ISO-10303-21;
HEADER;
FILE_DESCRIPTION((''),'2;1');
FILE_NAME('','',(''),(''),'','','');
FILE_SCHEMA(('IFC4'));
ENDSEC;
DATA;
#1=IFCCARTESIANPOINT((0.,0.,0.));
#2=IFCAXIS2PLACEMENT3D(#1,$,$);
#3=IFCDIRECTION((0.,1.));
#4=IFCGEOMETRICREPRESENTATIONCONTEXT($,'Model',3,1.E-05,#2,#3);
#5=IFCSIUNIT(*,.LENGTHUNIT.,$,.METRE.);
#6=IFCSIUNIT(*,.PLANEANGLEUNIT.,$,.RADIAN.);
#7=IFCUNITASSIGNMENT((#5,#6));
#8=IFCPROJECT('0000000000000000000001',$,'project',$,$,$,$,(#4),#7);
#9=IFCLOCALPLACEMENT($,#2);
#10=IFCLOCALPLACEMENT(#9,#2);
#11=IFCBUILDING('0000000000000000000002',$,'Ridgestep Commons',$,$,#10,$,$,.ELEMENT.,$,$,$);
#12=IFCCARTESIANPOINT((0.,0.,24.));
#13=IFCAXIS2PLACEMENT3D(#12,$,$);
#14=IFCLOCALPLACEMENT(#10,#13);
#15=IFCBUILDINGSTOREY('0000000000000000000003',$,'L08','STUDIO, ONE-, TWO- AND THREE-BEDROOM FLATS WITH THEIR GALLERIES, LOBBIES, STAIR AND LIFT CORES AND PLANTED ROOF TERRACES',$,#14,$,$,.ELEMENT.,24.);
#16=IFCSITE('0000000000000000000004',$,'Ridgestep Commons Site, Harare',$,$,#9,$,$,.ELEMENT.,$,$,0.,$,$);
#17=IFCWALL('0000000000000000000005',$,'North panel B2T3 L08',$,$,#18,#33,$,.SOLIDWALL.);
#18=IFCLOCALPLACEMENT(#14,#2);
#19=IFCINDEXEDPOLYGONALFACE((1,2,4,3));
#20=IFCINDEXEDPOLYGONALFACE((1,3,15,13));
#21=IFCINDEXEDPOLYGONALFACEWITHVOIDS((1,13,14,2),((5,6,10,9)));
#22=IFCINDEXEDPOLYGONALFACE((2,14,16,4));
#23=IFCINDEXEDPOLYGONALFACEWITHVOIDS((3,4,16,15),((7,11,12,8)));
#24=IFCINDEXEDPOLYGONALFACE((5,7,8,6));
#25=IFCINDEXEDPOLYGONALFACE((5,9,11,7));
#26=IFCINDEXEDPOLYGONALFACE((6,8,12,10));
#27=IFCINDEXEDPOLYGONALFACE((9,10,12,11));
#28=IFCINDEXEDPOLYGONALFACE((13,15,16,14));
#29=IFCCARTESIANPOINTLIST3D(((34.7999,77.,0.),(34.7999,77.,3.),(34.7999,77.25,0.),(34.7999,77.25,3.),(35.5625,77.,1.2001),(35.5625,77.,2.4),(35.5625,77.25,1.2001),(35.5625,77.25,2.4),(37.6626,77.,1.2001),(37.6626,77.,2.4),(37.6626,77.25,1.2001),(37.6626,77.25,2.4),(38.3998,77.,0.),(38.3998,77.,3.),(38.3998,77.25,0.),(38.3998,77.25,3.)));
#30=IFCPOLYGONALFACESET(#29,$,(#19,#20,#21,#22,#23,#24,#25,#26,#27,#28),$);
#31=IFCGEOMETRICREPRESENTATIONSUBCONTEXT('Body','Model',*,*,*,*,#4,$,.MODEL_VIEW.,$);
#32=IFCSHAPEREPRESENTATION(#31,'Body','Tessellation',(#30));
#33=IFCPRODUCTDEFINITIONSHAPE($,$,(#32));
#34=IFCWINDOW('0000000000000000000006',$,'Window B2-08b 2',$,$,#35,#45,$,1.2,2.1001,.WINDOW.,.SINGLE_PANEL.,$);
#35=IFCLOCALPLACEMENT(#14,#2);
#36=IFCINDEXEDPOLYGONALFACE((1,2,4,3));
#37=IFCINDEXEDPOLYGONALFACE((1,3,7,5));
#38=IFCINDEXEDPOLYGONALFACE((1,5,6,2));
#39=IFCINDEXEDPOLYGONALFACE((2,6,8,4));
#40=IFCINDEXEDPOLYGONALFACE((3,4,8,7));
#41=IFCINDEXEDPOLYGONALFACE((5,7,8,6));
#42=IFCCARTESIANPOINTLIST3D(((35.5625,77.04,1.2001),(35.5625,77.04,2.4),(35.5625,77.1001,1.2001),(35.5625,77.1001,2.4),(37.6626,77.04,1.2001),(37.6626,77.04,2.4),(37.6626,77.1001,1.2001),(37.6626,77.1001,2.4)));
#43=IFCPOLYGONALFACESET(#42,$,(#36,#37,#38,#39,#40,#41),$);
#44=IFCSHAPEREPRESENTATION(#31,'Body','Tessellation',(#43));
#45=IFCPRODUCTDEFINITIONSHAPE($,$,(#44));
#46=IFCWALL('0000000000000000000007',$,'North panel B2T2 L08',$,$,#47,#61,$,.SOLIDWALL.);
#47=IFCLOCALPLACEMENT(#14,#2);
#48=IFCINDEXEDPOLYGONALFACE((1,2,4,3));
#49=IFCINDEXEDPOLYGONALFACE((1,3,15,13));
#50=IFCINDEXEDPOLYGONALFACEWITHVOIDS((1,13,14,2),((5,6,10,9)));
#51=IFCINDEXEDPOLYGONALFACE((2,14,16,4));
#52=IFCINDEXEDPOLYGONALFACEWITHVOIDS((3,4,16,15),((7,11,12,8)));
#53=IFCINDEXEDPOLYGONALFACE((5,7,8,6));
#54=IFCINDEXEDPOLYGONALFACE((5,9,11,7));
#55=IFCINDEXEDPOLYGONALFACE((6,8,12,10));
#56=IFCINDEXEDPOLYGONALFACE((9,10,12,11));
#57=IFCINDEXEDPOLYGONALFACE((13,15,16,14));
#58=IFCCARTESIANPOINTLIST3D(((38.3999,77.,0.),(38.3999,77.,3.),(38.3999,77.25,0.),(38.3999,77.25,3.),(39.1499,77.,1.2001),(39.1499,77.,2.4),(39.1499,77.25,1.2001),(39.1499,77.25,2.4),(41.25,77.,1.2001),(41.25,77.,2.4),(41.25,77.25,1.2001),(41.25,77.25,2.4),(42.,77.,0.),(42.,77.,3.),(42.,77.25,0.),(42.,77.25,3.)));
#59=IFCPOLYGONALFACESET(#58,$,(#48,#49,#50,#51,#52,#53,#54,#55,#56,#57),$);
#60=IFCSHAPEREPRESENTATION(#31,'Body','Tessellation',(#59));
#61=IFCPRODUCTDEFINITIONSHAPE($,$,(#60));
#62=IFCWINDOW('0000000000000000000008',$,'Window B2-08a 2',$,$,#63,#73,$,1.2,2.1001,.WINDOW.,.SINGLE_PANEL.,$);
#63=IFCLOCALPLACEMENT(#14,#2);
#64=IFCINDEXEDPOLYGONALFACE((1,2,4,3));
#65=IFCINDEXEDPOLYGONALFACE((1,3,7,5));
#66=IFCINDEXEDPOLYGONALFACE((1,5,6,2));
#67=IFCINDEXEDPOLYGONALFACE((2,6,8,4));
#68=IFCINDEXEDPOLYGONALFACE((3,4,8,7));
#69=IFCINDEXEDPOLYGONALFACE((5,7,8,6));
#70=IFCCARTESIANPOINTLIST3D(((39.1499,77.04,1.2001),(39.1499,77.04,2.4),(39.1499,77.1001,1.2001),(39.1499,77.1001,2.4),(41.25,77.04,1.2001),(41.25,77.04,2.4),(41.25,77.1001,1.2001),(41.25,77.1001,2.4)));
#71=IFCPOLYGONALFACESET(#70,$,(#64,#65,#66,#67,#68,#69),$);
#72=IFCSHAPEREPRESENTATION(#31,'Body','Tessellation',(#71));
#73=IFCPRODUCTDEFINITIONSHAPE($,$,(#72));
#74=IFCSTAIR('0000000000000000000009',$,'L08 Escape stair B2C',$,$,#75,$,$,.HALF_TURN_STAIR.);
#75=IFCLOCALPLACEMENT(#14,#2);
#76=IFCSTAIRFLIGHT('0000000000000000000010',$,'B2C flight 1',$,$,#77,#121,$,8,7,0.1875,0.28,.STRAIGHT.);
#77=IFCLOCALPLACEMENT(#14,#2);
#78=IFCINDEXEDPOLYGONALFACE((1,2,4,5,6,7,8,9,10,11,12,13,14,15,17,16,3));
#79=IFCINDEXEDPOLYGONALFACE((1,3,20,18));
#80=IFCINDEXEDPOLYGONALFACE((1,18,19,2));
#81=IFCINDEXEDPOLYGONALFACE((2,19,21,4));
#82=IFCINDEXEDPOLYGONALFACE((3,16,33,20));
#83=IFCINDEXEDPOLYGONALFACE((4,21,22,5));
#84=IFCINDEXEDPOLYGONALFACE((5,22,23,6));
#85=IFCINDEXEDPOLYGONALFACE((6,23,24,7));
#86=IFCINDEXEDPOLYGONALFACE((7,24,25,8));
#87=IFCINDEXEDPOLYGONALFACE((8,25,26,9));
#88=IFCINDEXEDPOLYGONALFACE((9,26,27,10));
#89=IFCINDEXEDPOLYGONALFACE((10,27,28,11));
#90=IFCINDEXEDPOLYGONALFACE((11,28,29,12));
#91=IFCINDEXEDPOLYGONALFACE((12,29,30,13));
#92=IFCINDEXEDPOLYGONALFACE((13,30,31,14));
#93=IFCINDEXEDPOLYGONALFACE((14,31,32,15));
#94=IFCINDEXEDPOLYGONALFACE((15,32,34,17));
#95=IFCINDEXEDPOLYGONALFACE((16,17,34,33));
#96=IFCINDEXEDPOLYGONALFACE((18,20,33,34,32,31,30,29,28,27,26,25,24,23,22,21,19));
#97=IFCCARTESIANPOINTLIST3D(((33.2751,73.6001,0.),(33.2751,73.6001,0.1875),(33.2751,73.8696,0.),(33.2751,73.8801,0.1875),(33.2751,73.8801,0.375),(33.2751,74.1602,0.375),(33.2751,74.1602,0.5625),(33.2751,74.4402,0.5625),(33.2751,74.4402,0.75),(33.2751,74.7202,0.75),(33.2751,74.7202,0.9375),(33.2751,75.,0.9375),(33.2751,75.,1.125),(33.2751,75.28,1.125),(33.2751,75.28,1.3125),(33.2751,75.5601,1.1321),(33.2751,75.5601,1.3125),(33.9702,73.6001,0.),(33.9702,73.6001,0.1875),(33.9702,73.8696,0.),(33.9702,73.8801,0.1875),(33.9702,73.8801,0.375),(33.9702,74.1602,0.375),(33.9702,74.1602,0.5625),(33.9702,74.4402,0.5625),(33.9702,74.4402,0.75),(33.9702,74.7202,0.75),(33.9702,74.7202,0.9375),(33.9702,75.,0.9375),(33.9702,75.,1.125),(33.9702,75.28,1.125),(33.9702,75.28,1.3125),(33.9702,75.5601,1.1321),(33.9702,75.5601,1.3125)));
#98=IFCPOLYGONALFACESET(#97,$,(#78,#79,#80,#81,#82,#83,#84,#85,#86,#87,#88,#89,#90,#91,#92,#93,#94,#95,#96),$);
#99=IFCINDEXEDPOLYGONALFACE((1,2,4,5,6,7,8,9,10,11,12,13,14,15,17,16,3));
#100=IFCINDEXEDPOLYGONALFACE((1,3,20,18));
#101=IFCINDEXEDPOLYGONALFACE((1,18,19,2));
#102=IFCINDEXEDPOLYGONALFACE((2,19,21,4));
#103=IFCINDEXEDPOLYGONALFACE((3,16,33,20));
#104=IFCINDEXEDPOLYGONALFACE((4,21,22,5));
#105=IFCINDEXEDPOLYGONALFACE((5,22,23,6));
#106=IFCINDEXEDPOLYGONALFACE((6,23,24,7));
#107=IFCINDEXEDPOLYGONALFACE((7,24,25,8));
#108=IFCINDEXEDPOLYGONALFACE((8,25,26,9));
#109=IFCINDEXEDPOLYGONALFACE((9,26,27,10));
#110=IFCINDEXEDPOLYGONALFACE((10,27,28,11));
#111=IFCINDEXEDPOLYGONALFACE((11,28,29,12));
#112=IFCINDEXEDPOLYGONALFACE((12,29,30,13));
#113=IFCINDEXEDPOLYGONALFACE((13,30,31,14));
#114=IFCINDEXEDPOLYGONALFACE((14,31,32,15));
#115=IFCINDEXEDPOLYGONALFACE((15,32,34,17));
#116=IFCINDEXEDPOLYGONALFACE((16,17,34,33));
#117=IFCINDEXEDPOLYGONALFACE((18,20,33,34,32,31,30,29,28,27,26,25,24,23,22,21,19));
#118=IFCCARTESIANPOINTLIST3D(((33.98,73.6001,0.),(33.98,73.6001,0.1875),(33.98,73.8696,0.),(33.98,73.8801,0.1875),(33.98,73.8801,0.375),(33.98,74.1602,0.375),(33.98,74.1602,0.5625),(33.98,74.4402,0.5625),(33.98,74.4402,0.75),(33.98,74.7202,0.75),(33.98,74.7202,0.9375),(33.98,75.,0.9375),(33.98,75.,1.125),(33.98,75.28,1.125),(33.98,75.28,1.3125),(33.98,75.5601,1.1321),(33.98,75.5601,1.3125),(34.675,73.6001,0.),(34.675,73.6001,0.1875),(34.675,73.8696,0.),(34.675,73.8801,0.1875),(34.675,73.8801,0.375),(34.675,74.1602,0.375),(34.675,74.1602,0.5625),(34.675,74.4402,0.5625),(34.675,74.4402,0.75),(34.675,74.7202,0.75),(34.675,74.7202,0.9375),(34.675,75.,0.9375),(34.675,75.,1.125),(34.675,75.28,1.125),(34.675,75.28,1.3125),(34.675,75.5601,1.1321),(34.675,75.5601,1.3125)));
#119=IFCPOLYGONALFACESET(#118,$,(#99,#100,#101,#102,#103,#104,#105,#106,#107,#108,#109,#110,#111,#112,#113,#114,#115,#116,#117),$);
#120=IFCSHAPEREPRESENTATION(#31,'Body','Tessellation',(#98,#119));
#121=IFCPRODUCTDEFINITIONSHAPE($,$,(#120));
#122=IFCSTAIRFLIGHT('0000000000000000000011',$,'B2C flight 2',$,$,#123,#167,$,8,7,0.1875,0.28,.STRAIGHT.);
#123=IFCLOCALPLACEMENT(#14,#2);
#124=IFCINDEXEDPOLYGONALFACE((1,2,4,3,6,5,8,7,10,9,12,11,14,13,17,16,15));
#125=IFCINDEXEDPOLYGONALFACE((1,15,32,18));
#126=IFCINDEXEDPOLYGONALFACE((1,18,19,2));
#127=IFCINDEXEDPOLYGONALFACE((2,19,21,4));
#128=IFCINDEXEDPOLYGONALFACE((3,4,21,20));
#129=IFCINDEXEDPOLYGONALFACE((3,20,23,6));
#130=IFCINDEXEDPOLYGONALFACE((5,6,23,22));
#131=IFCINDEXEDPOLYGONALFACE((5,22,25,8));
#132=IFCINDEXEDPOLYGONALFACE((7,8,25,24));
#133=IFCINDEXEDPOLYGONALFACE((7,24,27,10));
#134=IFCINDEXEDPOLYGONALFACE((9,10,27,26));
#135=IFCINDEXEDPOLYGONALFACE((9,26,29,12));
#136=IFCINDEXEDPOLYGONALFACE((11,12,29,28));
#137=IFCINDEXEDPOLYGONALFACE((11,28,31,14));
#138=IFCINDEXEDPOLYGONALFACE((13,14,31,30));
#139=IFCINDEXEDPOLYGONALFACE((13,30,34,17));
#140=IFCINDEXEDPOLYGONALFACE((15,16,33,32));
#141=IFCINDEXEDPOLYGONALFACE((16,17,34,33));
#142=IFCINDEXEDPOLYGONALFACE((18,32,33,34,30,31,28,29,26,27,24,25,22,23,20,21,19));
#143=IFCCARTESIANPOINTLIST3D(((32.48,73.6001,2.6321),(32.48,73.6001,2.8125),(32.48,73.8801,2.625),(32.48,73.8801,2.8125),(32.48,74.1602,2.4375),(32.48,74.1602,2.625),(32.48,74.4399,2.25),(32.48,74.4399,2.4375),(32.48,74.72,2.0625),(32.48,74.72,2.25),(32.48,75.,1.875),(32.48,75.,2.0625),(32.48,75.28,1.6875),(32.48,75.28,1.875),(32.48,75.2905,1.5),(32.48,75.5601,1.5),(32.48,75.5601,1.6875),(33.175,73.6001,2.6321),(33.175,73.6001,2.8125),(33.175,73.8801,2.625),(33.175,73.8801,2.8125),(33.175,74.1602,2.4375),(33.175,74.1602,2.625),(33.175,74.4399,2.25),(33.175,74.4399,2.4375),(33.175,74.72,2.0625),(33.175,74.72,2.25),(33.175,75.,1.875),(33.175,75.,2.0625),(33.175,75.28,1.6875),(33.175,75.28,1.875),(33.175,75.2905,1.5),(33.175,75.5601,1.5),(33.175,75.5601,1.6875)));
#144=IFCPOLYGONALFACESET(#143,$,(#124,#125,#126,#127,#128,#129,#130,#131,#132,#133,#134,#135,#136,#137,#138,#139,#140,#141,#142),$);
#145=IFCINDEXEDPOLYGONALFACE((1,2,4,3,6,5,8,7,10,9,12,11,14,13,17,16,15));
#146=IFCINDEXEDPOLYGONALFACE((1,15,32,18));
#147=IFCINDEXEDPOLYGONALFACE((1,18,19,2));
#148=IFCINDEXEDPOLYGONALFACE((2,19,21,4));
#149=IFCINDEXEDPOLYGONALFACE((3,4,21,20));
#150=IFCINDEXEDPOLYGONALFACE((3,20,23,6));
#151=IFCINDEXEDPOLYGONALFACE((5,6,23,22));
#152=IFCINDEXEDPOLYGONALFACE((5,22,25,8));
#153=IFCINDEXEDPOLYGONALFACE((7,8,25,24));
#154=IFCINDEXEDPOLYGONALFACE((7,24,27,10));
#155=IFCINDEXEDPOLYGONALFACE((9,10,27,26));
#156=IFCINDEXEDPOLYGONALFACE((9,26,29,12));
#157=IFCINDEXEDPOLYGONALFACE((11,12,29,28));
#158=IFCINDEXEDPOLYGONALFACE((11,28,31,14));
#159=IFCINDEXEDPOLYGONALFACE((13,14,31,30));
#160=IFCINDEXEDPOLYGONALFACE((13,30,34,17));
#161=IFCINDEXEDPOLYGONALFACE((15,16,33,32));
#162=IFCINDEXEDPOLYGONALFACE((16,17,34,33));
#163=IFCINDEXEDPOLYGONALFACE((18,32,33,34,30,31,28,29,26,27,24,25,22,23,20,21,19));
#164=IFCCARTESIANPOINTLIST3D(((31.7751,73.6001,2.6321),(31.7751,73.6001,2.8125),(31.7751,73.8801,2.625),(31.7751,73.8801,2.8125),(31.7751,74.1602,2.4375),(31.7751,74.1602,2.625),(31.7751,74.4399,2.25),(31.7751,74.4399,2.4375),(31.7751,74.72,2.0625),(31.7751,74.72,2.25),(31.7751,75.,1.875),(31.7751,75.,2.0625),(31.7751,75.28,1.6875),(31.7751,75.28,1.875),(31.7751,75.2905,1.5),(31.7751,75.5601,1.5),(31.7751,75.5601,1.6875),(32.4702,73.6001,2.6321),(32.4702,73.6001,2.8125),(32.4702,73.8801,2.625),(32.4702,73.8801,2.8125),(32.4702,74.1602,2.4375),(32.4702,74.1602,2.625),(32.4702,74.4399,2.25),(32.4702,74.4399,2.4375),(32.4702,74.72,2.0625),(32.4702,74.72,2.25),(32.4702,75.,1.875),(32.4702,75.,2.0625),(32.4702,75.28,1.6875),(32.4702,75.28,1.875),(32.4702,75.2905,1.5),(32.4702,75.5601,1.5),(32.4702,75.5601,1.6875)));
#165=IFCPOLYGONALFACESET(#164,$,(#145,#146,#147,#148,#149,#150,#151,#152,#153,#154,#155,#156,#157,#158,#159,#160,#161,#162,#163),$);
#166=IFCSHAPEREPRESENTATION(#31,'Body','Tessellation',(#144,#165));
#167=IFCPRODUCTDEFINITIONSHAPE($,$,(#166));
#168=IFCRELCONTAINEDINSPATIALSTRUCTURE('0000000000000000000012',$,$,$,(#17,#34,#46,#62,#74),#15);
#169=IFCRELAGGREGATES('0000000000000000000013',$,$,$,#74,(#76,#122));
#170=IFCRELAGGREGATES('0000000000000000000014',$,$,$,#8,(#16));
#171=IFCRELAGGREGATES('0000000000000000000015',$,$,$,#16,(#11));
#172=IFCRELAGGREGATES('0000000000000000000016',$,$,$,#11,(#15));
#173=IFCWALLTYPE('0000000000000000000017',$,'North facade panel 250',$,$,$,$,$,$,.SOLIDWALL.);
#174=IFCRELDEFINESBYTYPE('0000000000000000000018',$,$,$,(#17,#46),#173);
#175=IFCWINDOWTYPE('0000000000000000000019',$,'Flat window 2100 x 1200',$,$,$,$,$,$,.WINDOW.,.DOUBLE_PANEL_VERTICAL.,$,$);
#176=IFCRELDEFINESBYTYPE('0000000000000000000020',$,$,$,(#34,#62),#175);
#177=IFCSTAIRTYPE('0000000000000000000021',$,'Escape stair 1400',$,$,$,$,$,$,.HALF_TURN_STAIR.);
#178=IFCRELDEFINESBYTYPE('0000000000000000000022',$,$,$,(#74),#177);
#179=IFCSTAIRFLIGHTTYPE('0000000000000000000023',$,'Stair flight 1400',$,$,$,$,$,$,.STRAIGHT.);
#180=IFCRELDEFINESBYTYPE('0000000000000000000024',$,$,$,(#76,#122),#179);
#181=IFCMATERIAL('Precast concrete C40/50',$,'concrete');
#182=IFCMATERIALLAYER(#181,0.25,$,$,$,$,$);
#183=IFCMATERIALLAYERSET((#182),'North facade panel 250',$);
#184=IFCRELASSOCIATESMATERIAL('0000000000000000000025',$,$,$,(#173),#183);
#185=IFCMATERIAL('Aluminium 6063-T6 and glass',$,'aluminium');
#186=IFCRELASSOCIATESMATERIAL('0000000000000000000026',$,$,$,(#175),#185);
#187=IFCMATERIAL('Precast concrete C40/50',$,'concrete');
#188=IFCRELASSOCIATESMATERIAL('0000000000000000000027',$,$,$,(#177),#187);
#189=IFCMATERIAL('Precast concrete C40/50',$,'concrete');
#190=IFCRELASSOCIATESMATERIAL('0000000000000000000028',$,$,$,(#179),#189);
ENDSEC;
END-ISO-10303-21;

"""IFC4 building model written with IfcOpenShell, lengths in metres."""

from ifc_helpers import new_model, si_unit, direction, frame, frame_2d, origin, place, context, subcontext, project, spatial, polyline, rectangle, outline, extrude, material, layer, layer_set, type_object, element, fill, aggregate, save


model = new_model("IFC4")

# Units and contexts
model_context = context("Model", 3, precision=1e-05, world=origin(), true_north=direction((0.0, 1.0)))
body_context = subcontext(model_context, "Body", "Model", "MODEL_VIEW")
ifc_project = project(units=[si_unit("LENGTHUNIT", "METRE"), si_unit("PLANEANGLEUNIT", "RADIAN")], contexts=[model_context])

# Site, building, storey
site_placement = place(None, origin())
site = spatial("IfcSite", under=ifc_project, at=site_placement, Name="Ridgestep Commons Site, Harare", CompositionType="ELEMENT", RefElevation=0.0)
building_placement = place(site_placement, origin())
building = spatial("IfcBuilding", under=site, at=building_placement, Name="Ridgestep Commons", CompositionType="ELEMENT")
storey_placement = place(building_placement, frame((0.0, 0.0, 24.0)))
storey = spatial("IfcBuildingStorey", under=building, at=storey_placement, Name="L08", Description="STUDIO, ONE-, TWO- AND THREE-BEDROOM FLATS WITH THEIR GALLERIES, LOBBIES, STAIR AND LIFT CORES AND PLANTED ROOF TERRACES", CompositionType="ELEMENT", Elevation=24.0)

# Walls, openings, windows
ifc_material_1 = material(Name="Precast concrete C40/50", Category="concrete")
ifc_layer_1 = layer(ifc_material_1, 0.25)
ifc_layer_set_1 = layer_set([ifc_layer_1], Name="North facade panel 250")
wall_type = type_object("IfcWallType", Name="North facade panel 250", PredefinedType="SOLIDWALL", material=ifc_layer_set_1)
wall_1_placement = place(storey_placement, frame((34.8, 77.125, 0.0), z_axis=(0.0, 0.0, 1.0), x_axis=(1.0, 0.0, 0.0)))
wall_1 = element("IfcWall", 1, at=wall_1_placement, inside=storey, type_object=wall_type, Name="North panel B2T3 L08", PredefinedType="SOLIDWALL", context=body_context, shape_type="SweptSolid", body=[
    extrude(rectangle(XDim=3.5999, YDim=0.25, at=frame_2d((1.7998, 0.0))), origin(), (0.0, 0.0, 1.0), 3.0),
])
opening_1_placement = place(wall_1_placement, frame((0.7625, 0.0, 1.2)))
opening_1 = element("IfcOpeningElement", 2, at=opening_1_placement, cuts=wall_1, PredefinedType="OPENING", context=body_context, shape_type="SweptSolid", body=[
    extrude(rectangle(XDim=2.1001, YDim=1.2, at=frame_2d((1.05, 0.6001))), frame((0.0, 0.135, 0.0), z_axis=(0.0, -1.0, 0.0), x_axis=(1.0, 0.0, 0.0)), (0.0, 0.0, 1.0), 0.27),
])
ifc_material_2 = material(Name="Aluminium 6063-T6 and glass", Category="aluminium")
window_type = type_object("IfcWindowType", Name="Flat window 2100 x 1200", PartitioningType="DOUBLE_PANEL_VERTICAL", PredefinedType="WINDOW", material=ifc_material_2)
window_1_placement = place(opening_1_placement, origin())
window_1 = element("IfcWindow", 3, at=window_1_placement, inside=storey, type_object=window_type, Name="Window B2-08b 2", OverallHeight=1.2, OverallWidth=2.1001, PartitioningType="SINGLE_PANEL", PredefinedType="WINDOW", context=body_context, shape_type="SweptSolid", body=[
    extrude(rectangle(XDim=2.1001, YDim=1.2, at=frame_2d((1.05, 0.6001))), frame((0.0, -0.0249, 0.0), z_axis=(0.0, -1.0, 0.0), x_axis=(1.0, 0.0, 0.0)), (0.0, 0.0, 1.0), 0.0601),
])
fill(opening_1, window_1)
wall_2_placement = place(storey_placement, frame((38.3999, 77.125, 0.0), z_axis=(0.0, 0.0, 1.0), x_axis=(1.0, 0.0, 0.0)))
wall_2 = element("IfcWall", 4, at=wall_2_placement, inside=storey, type_object=wall_type, Name="North panel B2T2 L08", PredefinedType="SOLIDWALL", context=body_context, shape_type="SweptSolid", body=[
    extrude(rectangle(XDim=3.6001, YDim=0.25, at=frame_2d((1.8, 0.0))), origin(), (0.0, 0.0, 1.0), 3.0),
])
opening_2_placement = place(wall_2_placement, frame((0.75, 0.0, 1.2)))
opening_2 = element("IfcOpeningElement", 5, at=opening_2_placement, cuts=wall_2, PredefinedType="OPENING", context=body_context, shape_type="SweptSolid", body=[
    extrude(rectangle(XDim=2.1001, YDim=1.2, at=frame_2d((1.05, 0.6001))), frame((0.0, 0.135, 0.0), z_axis=(0.0, -1.0, 0.0), x_axis=(1.0, 0.0, 0.0)), (0.0, 0.0, 1.0), 0.27),
])
window_2_placement = place(opening_2_placement, origin())
window_2 = element("IfcWindow", 6, at=window_2_placement, inside=storey, type_object=window_type, Name="Window B2-08a 2", OverallHeight=1.2, OverallWidth=2.1001, PartitioningType="SINGLE_PANEL", PredefinedType="WINDOW", context=body_context, shape_type="SweptSolid", body=[
    extrude(rectangle(XDim=2.1001, YDim=1.2, at=frame_2d((1.05, 0.6001))), frame((0.0, -0.0249, 0.0), z_axis=(0.0, -1.0, 0.0), x_axis=(1.0, 0.0, 0.0)), (0.0, 0.0, 1.0), 0.0601),
])
fill(opening_2, window_2)

# Stair, stair flights
ifc_material_3 = material(Name="Precast concrete C40/50", Category="concrete")
stair_type = type_object("IfcStairType", Name="Escape stair 1400", PredefinedType="HALF_TURN_STAIR", material=ifc_material_3)
stair_placement = place(storey_placement, origin())
stair = element("IfcStair", 7, at=stair_placement, inside=storey, type_object=stair_type, Name="L08 Escape stair B2C", PredefinedType="HALF_TURN_STAIR")
ifc_material_4 = material(Name="Precast concrete C40/50", Category="concrete")
stair_flight_type = type_object("IfcStairFlightType", Name="Stair flight 1400", PredefinedType="STRAIGHT", material=ifc_material_4)
stair_flight_1_placement = place(storey_placement, frame((33.9751, 73.6001, 0.0), z_axis=(0.0, 0.0, 1.0), x_axis=(0.0, 1.0, 0.0)))
stair_flight_1 = element("IfcStairFlight", 8, at=stair_flight_1_placement, type_object=stair_flight_type, Name="B2C flight 1", NumberOfRisers=8, NumberOfTreads=7, PredefinedType="STRAIGHT", RiserHeight=0.1875, TreadLength=0.28, context=body_context, shape_type="SweptSolid", body=[
    extrude(outline(polyline([(0.0, 0.0), (0.0, 0.1875), (0.28, 0.1875), (0.28, 0.375), (0.5601, 0.375), (0.5601, 0.5625), (0.8401, 0.5625), (0.8401, 0.75), (1.1201, 0.75), (1.1201, 0.9375), (1.3999, 0.9375), (1.3999, 1.125), (1.6799, 1.125), (1.6799, 1.3125), (1.96, 1.3125), (1.96, 1.5), (1.96, 1.1321), (0.2695, 0.0), (0.0, 0.0)])), frame((0.0, 0.7, 0.0), z_axis=(0.0, -1.0, 0.0), x_axis=(1.0, 0.0, 0.0)), (0.0, 0.0, 1.0), 0.6951),
    extrude(outline(polyline([(0.0, 0.0), (0.0, 0.1875), (0.28, 0.1875), (0.28, 0.375), (0.5601, 0.375), (0.5601, 0.5625), (0.8401, 0.5625), (0.8401, 0.75), (1.1201, 0.75), (1.1201, 0.9375), (1.3999, 0.9375), (1.3999, 1.125), (1.6799, 1.125), (1.6799, 1.3125), (1.96, 1.3125), (1.96, 1.5), (1.96, 1.1321), (0.2695, 0.0), (0.0, 0.0)])), frame((0.0, -0.0049, 0.0), z_axis=(0.0, -1.0, 0.0), x_axis=(1.0, 0.0, 0.0)), (0.0, 0.0, 1.0), 0.6951),
])
stair_flight_2_placement = place(storey_placement, frame((32.4751, 75.5601, 1.5), z_axis=(0.0, 0.0, 1.0), x_axis=(0.0, -1.0, 0.0)))
stair_flight_2 = element("IfcStairFlight", 9, at=stair_flight_2_placement, type_object=stair_flight_type, Name="B2C flight 2", NumberOfRisers=8, NumberOfTreads=7, PredefinedType="STRAIGHT", RiserHeight=0.1875, TreadLength=0.28, context=body_context, shape_type="SweptSolid", body=[
    extrude(outline(polyline([(0.0, 0.0), (0.0, 0.1875), (0.28, 0.1875), (0.28, 0.375), (0.5601, 0.375), (0.5601, 0.5625), (0.8401, 0.5625), (0.8401, 0.75), (1.1201, 0.75), (1.1201, 0.9375), (1.3999, 0.9375), (1.3999, 1.125), (1.6799, 1.125), (1.6799, 1.3125), (1.96, 1.3125), (1.96, 1.5), (1.96, 1.1321), (0.2695, 0.0), (0.0, 0.0)])), frame((0.0, 0.7, 0.0), z_axis=(0.0, -1.0, 0.0), x_axis=(1.0, 0.0, 0.0)), (0.0, 0.0, 1.0), 0.6951),
    extrude(outline(polyline([(0.0, 0.0), (0.0, 0.1875), (0.28, 0.1875), (0.28, 0.375), (0.5601, 0.375), (0.5601, 0.5625), (0.8401, 0.5625), (0.8401, 0.75), (1.1201, 0.75), (1.1201, 0.9375), (1.3999, 0.9375), (1.3999, 1.125), (1.6799, 1.125), (1.6799, 1.3125), (1.96, 1.3125), (1.96, 1.5), (1.96, 1.1321), (0.2695, 0.0), (0.0, 0.0)])), frame((0.0, -0.0049, 0.0), z_axis=(0.0, -1.0, 0.0), x_axis=(1.0, 0.0, 0.0)), (0.0, 0.0, 1.0), 0.6951),
])
aggregate(stair, [stair_flight_1, stair_flight_2])

save(model, "model.ifc")
